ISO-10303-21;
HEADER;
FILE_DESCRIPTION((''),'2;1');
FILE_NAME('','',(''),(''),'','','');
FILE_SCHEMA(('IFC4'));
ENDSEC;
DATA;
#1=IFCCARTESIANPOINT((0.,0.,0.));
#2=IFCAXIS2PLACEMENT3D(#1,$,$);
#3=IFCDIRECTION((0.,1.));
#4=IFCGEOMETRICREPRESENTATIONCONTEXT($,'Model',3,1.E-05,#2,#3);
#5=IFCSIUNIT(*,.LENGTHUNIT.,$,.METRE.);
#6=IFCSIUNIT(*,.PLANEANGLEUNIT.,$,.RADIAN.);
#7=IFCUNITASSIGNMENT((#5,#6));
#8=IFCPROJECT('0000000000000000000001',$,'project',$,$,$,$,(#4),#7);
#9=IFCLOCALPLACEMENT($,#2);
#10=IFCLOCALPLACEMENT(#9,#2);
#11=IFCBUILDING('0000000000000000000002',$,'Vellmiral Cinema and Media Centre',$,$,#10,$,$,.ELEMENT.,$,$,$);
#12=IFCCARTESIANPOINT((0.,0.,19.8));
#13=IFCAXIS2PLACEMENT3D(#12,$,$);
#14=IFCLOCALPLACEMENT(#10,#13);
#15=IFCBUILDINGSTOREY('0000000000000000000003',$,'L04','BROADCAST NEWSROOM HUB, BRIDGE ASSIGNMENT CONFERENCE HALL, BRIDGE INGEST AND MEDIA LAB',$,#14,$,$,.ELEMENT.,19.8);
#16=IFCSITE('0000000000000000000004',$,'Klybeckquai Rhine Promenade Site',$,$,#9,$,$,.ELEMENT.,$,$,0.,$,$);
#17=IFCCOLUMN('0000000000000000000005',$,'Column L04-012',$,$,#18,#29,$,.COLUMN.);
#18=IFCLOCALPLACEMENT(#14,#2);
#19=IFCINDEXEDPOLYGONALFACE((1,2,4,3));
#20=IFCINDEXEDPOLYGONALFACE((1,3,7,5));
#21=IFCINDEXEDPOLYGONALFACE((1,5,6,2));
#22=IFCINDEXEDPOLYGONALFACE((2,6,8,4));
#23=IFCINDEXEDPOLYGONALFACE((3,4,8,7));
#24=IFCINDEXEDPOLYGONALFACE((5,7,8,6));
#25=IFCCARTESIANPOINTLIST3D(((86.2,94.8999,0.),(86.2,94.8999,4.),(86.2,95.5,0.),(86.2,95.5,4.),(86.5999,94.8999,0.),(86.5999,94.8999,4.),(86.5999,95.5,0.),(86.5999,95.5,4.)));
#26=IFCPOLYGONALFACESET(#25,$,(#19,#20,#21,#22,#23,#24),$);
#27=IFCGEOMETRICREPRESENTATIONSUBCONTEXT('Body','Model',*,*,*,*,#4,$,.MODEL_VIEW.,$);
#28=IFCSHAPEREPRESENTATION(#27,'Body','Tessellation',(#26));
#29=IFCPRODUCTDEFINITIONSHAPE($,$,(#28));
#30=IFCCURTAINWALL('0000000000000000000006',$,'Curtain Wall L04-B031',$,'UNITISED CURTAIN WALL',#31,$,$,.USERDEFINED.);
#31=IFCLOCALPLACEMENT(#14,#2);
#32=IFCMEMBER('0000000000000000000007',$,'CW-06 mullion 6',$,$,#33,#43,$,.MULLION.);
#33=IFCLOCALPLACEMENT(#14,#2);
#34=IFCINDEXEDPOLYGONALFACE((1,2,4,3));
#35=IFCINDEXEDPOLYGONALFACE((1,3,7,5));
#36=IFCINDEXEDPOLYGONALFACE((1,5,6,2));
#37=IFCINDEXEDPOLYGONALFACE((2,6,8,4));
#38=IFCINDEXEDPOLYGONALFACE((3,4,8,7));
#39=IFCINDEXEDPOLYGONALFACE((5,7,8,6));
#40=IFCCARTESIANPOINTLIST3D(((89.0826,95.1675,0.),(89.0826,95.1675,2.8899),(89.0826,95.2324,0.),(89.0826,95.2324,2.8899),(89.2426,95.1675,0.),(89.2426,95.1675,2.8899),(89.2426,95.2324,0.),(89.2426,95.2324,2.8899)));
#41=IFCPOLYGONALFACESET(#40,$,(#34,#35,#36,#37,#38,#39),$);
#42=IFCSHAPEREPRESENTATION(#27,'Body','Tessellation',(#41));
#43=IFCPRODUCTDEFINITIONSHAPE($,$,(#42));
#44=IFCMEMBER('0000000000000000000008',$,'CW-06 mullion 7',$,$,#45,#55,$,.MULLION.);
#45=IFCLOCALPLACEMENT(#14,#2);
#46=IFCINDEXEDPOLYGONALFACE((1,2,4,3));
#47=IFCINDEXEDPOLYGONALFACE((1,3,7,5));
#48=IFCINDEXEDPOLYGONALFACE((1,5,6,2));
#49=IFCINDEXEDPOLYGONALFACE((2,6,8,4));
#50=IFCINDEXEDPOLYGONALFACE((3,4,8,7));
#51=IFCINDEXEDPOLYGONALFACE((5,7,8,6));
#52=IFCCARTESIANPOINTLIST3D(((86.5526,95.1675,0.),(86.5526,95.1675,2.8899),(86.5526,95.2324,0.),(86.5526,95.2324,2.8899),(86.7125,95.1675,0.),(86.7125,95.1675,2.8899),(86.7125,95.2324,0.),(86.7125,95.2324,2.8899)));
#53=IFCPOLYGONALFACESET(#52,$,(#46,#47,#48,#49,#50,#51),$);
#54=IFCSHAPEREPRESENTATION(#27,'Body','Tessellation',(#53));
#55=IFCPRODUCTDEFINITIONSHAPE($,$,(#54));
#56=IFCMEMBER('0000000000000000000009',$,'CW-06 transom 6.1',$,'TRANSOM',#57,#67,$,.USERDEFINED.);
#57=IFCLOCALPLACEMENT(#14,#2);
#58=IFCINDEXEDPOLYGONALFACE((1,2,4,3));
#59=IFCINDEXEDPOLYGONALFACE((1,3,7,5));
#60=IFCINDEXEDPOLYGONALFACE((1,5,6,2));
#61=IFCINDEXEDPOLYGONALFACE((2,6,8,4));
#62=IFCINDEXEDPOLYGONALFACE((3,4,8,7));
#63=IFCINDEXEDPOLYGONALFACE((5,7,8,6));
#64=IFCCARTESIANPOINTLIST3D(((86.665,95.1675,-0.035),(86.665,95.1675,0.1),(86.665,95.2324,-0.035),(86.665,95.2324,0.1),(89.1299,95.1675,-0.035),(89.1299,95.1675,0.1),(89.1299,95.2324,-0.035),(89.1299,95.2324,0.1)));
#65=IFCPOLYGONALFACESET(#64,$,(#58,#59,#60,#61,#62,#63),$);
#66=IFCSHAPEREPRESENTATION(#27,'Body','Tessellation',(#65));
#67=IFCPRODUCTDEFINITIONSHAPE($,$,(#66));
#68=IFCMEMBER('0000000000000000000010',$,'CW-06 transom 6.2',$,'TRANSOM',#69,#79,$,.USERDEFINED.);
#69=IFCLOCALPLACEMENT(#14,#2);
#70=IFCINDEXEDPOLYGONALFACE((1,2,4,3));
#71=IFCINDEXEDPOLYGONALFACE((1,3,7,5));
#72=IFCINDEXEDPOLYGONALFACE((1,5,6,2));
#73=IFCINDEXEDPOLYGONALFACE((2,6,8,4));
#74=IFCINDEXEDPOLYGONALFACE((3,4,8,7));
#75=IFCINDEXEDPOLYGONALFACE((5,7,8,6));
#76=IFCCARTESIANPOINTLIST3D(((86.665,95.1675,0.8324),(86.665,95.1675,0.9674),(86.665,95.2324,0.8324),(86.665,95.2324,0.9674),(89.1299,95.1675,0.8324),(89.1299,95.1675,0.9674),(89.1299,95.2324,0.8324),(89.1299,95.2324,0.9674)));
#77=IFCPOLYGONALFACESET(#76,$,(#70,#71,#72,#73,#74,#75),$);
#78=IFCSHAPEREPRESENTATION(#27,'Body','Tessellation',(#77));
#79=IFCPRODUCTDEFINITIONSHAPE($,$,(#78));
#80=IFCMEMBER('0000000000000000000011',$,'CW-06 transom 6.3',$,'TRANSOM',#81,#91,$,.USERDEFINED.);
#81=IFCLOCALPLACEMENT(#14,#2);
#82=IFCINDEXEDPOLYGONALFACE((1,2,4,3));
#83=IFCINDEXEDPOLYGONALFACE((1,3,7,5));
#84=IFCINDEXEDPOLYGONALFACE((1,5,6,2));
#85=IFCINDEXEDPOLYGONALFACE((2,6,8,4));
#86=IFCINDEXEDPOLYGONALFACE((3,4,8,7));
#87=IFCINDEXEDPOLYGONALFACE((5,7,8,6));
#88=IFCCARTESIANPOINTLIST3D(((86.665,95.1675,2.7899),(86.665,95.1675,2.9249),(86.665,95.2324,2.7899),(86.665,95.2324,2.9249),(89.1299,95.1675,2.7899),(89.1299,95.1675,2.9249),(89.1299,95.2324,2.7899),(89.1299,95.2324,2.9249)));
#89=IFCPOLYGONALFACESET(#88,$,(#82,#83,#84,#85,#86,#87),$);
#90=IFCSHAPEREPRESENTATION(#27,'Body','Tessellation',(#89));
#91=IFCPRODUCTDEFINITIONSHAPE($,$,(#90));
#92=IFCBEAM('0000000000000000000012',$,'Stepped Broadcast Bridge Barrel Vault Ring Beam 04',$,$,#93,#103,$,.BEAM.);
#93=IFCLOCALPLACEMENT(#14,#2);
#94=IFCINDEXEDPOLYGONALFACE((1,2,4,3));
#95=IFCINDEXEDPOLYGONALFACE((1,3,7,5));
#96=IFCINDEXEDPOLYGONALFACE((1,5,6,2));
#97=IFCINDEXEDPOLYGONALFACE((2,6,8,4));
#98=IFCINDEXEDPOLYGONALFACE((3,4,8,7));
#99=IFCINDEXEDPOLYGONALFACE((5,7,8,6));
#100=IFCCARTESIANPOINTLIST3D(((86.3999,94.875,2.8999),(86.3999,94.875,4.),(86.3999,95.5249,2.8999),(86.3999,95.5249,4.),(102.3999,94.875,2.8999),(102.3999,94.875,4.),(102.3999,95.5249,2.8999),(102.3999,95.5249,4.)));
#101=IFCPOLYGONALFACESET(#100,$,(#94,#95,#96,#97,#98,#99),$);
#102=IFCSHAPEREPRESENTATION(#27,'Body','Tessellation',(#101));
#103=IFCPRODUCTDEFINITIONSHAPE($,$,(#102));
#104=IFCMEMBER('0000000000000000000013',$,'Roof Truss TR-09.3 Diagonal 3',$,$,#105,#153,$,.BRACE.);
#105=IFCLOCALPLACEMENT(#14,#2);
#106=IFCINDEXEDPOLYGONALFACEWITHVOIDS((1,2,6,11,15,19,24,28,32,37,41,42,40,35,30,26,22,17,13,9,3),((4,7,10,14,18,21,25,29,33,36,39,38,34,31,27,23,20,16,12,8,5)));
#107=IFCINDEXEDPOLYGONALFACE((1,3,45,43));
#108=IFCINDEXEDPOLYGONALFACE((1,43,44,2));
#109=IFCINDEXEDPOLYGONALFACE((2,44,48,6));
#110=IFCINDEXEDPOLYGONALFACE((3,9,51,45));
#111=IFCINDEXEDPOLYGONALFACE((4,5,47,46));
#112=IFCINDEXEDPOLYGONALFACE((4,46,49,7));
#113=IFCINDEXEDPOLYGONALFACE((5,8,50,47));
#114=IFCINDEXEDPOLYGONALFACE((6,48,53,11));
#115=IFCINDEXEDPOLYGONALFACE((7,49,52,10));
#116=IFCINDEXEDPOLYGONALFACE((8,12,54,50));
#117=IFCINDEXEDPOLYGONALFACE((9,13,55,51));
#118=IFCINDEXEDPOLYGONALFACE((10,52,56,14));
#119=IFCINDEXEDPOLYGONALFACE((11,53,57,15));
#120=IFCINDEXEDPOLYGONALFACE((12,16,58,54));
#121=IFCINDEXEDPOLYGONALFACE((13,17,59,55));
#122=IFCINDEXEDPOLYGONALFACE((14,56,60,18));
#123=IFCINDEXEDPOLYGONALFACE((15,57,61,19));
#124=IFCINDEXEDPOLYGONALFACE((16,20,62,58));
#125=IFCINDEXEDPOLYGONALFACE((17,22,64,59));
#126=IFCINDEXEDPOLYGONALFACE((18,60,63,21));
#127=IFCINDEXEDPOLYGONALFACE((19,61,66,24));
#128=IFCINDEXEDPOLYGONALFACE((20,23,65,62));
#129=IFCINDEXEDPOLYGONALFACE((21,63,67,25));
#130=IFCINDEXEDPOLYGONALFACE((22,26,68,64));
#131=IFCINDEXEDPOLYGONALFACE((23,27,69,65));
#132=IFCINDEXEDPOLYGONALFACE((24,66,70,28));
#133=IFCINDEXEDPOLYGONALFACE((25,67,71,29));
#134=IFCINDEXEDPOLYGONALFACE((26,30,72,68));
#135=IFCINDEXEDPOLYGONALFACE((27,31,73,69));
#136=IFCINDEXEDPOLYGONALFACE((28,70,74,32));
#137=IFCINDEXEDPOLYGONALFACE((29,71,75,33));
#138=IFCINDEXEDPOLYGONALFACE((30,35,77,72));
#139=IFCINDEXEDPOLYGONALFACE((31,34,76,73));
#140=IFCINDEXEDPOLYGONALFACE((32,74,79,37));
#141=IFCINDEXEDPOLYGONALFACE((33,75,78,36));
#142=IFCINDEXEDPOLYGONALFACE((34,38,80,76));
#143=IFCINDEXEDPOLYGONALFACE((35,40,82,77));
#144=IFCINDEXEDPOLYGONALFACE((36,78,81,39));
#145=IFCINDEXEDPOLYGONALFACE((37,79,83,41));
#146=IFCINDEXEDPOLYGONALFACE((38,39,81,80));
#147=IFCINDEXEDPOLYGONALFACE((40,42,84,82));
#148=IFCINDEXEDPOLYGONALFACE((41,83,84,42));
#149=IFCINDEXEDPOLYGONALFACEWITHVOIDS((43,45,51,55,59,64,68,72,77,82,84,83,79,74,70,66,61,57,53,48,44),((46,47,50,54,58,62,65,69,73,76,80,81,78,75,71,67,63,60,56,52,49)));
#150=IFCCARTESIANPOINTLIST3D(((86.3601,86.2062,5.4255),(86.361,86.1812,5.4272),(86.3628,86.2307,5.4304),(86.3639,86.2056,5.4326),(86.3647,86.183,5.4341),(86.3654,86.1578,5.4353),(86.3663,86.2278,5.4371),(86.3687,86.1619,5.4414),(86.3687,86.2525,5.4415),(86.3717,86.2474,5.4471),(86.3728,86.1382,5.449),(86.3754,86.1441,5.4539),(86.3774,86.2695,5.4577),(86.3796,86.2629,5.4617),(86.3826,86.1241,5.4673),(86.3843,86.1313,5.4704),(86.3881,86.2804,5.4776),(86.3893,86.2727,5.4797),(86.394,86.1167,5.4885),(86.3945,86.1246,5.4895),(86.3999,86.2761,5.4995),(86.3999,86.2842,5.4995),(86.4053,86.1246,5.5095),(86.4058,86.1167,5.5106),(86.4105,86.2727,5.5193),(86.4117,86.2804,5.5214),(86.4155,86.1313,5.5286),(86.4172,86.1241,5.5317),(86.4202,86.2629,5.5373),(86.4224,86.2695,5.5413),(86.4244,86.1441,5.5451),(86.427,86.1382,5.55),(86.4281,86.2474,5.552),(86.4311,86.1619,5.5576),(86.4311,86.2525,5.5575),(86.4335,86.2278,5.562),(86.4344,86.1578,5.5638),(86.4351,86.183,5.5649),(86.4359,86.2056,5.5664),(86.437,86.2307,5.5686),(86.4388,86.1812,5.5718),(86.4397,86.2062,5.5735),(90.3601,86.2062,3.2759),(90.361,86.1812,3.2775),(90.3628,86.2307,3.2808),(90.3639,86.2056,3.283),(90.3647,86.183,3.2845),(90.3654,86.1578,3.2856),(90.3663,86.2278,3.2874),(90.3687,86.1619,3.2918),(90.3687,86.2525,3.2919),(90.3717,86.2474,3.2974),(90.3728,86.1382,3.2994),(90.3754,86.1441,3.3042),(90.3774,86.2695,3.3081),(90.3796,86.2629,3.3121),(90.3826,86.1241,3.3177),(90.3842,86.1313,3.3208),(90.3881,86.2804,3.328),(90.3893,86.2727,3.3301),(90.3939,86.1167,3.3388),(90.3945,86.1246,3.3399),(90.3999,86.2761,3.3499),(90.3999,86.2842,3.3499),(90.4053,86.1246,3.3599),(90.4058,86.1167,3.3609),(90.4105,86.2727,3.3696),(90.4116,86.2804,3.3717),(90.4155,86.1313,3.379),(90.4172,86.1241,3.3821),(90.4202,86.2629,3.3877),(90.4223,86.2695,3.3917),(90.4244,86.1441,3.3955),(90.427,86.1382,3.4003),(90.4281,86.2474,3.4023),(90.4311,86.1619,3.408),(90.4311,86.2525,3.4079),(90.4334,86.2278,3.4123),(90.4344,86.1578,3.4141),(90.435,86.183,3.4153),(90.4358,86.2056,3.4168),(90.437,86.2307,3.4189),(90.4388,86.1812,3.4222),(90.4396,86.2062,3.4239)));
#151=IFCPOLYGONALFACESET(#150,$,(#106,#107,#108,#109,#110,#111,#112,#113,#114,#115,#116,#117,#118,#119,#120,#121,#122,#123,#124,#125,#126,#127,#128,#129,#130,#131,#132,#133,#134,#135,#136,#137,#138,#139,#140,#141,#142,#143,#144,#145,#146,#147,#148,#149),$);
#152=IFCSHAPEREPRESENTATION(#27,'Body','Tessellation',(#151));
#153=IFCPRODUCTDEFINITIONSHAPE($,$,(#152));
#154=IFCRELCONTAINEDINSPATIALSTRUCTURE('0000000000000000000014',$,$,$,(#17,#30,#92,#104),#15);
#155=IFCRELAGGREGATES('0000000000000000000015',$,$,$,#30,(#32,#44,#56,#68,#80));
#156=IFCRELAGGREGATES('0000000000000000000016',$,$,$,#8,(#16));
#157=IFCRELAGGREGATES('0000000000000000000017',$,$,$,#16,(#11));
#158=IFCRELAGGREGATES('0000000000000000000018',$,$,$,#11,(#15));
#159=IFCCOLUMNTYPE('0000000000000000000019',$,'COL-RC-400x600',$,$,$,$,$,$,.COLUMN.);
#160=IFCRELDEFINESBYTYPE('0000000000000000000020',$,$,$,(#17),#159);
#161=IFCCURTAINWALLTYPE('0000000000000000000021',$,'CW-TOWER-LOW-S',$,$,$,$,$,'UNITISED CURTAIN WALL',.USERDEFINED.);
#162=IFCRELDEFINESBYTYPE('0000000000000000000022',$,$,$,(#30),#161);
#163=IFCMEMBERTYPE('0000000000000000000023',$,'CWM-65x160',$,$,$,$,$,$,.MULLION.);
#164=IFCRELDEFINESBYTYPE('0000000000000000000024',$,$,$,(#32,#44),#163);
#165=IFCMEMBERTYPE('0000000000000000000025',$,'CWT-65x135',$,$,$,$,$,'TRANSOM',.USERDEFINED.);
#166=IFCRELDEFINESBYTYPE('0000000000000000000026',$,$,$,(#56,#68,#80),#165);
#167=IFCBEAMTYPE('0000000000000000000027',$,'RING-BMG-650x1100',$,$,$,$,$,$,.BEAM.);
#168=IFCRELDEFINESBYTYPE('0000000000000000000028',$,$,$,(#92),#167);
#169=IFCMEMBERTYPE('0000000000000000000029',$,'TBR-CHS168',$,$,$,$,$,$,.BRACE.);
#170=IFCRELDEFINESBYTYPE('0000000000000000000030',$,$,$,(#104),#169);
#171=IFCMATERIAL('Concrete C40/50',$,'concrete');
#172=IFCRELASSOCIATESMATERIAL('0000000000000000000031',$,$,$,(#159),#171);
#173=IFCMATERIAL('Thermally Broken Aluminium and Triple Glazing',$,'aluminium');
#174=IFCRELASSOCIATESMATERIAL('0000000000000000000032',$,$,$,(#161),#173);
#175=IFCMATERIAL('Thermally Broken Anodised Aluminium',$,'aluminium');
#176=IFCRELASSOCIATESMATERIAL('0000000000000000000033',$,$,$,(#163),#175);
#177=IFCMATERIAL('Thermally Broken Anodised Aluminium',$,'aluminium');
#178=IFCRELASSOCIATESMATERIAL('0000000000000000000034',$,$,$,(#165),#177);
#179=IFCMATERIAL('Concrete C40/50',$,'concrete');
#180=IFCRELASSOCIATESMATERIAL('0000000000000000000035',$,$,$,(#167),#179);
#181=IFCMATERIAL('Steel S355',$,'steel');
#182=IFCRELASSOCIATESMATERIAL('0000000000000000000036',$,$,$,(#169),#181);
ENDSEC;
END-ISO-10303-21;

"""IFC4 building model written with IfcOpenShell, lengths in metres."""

from ifc_helpers import new_model, si_unit, direction, frame, origin, origin_2d, place, context, subcontext, project, spatial, rectangle, hollow_circle, extrude, material, material_profile, profile_set, type_object, element, aggregate, save


model = new_model("IFC4")

# Units and contexts
model_context = context("Model", 3, precision=1e-05, world=origin(), true_north=direction((0.0, 1.0)))
body_context = subcontext(model_context, "Body", "Model", "MODEL_VIEW")
ifc_project = project(units=[si_unit("LENGTHUNIT", "METRE"), si_unit("PLANEANGLEUNIT", "RADIAN")], contexts=[model_context])

# Site, building, storey
site_placement = place(None, origin())
site = spatial("IfcSite", under=ifc_project, at=site_placement, Name="Klybeckquai Rhine Promenade Site", CompositionType="ELEMENT", RefElevation=0.0)
building_placement = place(site_placement, origin())
building = spatial("IfcBuilding", under=site, at=building_placement, Name="Vellmiral Cinema and Media Centre", CompositionType="ELEMENT")
storey_placement = place(building_placement, frame((0.0, 0.0, 19.8)))
storey = spatial("IfcBuildingStorey", under=building, at=storey_placement, Name="L04", Description="BROADCAST NEWSROOM HUB, BRIDGE ASSIGNMENT CONFERENCE HALL, BRIDGE INGEST AND MEDIA LAB", CompositionType="ELEMENT", Elevation=19.8)

# Column
ifc_material_1 = material(Name="Concrete C40/50", Category="concrete")
ifc_material_profile_1 = material_profile(ifc_material_1, rectangle(XDim=0.3999, YDim=0.6001, at=origin_2d()), Name="RC 400x600")
ifc_profile_set_1 = profile_set([ifc_material_profile_1], Name="Concrete C40/50")
column_type = type_object("IfcColumnType", Name="COL-RC-400x600", PredefinedType="COLUMN", material=ifc_profile_set_1)
column_placement = place(storey_placement, frame((86.3999, 95.2, 0.0), z_axis=(0.0, 0.0, 1.0), x_axis=(1.0, 0.0, 0.0)))
element("IfcColumn", 1, at=column_placement, inside=storey, type_object=column_type, Name="Column L04-012", PredefinedType="COLUMN", context=body_context, shape_type="SweptSolid", body=[
    extrude(rectangle(XDim=0.3999, YDim=0.6001, at=origin_2d()), origin(), (0.0, 0.0, 1.0), 4.0),
])

# Curtain wall, members
ifc_material_2 = material(Name="Thermally Broken Aluminium and Triple Glazing", Category="aluminium")
curtain_wall_type = type_object("IfcCurtainWallType", Name="CW-TOWER-LOW-S", ElementType="UNITISED CURTAIN WALL", PredefinedType="USERDEFINED", material=ifc_material_2)
curtain_wall_placement = place(storey_placement, origin())
curtain_wall = element("IfcCurtainWall", 2, at=curtain_wall_placement, inside=storey, type_object=curtain_wall_type, Name="Curtain Wall L04-B031", ObjectType="UNITISED CURTAIN WALL", PredefinedType="USERDEFINED")
ifc_material_3 = material(Name="Thermally Broken Anodised Aluminium", Category="aluminium")
ifc_material_profile_2 = material_profile(ifc_material_3, rectangle(XDim=0.0649, YDim=0.1599, at=origin_2d()), Name="MULL 65x160")
ifc_profile_set_2 = profile_set([ifc_material_profile_2], Name="Thermally Broken Anodised Aluminium")
member_type_1 = type_object("IfcMemberType", Name="CWM-65x160", PredefinedType="MULLION", material=ifc_profile_set_2)
member_1_placement = place(storey_placement, frame((89.1626, 95.2, 0.0), z_axis=(0.0, 0.0, 1.0), x_axis=(0.0, -1.0, 0.0)))
member_1 = element("IfcMember", 3, at=member_1_placement, type_object=member_type_1, Name="CW-06 mullion 6", PredefinedType="MULLION", context=body_context, shape_type="SweptSolid", body=[
    extrude(rectangle(XDim=0.0649, YDim=0.1599, at=origin_2d()), origin(), (0.0, 0.0, 1.0), 2.8899),
])
member_2_placement = place(storey_placement, frame((86.6326, 95.2, 0.0), z_axis=(0.0, 0.0, 1.0), x_axis=(0.0, -1.0, 0.0)))
member_2 = element("IfcMember", 4, at=member_2_placement, type_object=member_type_1, Name="CW-06 mullion 7", PredefinedType="MULLION", context=body_context, shape_type="SweptSolid", body=[
    extrude(rectangle(XDim=0.0649, YDim=0.1599, at=origin_2d()), origin(), (0.0, 0.0, 1.0), 2.8899),
])
ifc_material_4 = material(Name="Thermally Broken Anodised Aluminium", Category="aluminium")
ifc_material_profile_3 = material_profile(ifc_material_4, rectangle(XDim=0.0649, YDim=0.135, at=origin_2d()), Name="MULL 65x135")
ifc_profile_set_3 = profile_set([ifc_material_profile_3], Name="Thermally Broken Anodised Aluminium")
member_type_2 = type_object("IfcMemberType", Name="CWT-65x135", ElementType="TRANSOM", PredefinedType="USERDEFINED", material=ifc_profile_set_3)
member_3_placement = place(storey_placement, frame((89.1299, 95.2, 0.0325), z_axis=(-1.0, 0.0, 0.0), x_axis=(0.0, -1.0, 0.0)))
member_3 = element("IfcMember", 5, at=member_3_placement, type_object=member_type_2, Name="CW-06 transom 6.1", ObjectType="TRANSOM", PredefinedType="USERDEFINED", context=body_context, shape_type="SweptSolid", body=[
    extrude(rectangle(XDim=0.0649, YDim=0.135, at=origin_2d()), origin(), (0.0, 0.0, 1.0), 2.4648),
])
member_4_placement = place(storey_placement, frame((89.1299, 95.2, 0.8999), z_axis=(-1.0, 0.0, 0.0), x_axis=(0.0, -1.0, 0.0)))
member_4 = element("IfcMember", 6, at=member_4_placement, type_object=member_type_2, Name="CW-06 transom 6.2", ObjectType="TRANSOM", PredefinedType="USERDEFINED", context=body_context, shape_type="SweptSolid", body=[
    extrude(rectangle(XDim=0.0649, YDim=0.135, at=origin_2d()), origin(), (0.0, 0.0, 1.0), 2.4648),
])
member_5_placement = place(storey_placement, frame((89.1299, 95.2, 2.8574), z_axis=(-1.0, 0.0, 0.0), x_axis=(0.0, -1.0, 0.0)))
member_5 = element("IfcMember", 7, at=member_5_placement, type_object=member_type_2, Name="CW-06 transom 6.3", ObjectType="TRANSOM", PredefinedType="USERDEFINED", context=body_context, shape_type="SweptSolid", body=[
    extrude(rectangle(XDim=0.0649, YDim=0.135, at=origin_2d()), origin(), (0.0, 0.0, 1.0), 2.4648),
])

# Beam
ifc_material_5 = material(Name="Concrete C40/50", Category="concrete")
ifc_material_profile_4 = material_profile(ifc_material_5, rectangle(XDim=0.6499, YDim=1.1001, at=origin_2d()), Name="RC 650x1100")
ifc_profile_set_4 = profile_set([ifc_material_profile_4], Name="Concrete C40/50")
beam_type = type_object("IfcBeamType", Name="RING-BMG-650x1100", PredefinedType="BEAM", material=ifc_profile_set_4)
beam_placement = place(storey_placement, frame((86.3999, 95.2, 3.45), z_axis=(1.0, 0.0, 0.0), x_axis=(0.0, 1.0, 0.0)))
element("IfcBeam", 8, at=beam_placement, inside=storey, type_object=beam_type, Name="Stepped Broadcast Bridge Barrel Vault Ring Beam 04", PredefinedType="BEAM", context=body_context, shape_type="SweptSolid", body=[
    extrude(rectangle(XDim=0.6499, YDim=1.1001, at=origin_2d()), origin(), (0.0, 0.0, 1.0), 16.0),
])

# Member
ifc_material_6 = material(Name="Steel S355", Category="steel")
ifc_material_profile_5 = material_profile(ifc_material_6, hollow_circle(Radius=0.0842, WallThickness=0.0081, at=origin_2d()), Name="CHS 168.3x8.0")
ifc_profile_set_5 = profile_set([ifc_material_profile_5], Name="Steel S355")
member_type_3 = type_object("IfcMemberType", Name="TBR-CHS168", PredefinedType="BRACE", material=ifc_profile_set_5)
for number, where, z_axis, x_axis, name in (
    (9, (86.3999, 86.2, 5.4995), (0.880856, 0.0, -0.473385), (0.0, 1.0, 0.0), "Roof Truss TR-09.3 Diagonal 3"),
):
    element("IfcMember", number, at=place(storey_placement, frame(where, z_axis=z_axis, x_axis=x_axis)), inside=storey, type_object=member_type_3, Name=name, PredefinedType="BRACE", context=body_context, shape_type="SweptSolid", body=[
        extrude(hollow_circle(Radius=0.0842, WallThickness=0.0081, at=origin_2d()), origin(), (0.0, 0.0, 1.0), 4.541),
    ])

aggregate(curtain_wall, [member_1, member_2, member_3, member_4, member_5])

save(model, "model.ifc")
